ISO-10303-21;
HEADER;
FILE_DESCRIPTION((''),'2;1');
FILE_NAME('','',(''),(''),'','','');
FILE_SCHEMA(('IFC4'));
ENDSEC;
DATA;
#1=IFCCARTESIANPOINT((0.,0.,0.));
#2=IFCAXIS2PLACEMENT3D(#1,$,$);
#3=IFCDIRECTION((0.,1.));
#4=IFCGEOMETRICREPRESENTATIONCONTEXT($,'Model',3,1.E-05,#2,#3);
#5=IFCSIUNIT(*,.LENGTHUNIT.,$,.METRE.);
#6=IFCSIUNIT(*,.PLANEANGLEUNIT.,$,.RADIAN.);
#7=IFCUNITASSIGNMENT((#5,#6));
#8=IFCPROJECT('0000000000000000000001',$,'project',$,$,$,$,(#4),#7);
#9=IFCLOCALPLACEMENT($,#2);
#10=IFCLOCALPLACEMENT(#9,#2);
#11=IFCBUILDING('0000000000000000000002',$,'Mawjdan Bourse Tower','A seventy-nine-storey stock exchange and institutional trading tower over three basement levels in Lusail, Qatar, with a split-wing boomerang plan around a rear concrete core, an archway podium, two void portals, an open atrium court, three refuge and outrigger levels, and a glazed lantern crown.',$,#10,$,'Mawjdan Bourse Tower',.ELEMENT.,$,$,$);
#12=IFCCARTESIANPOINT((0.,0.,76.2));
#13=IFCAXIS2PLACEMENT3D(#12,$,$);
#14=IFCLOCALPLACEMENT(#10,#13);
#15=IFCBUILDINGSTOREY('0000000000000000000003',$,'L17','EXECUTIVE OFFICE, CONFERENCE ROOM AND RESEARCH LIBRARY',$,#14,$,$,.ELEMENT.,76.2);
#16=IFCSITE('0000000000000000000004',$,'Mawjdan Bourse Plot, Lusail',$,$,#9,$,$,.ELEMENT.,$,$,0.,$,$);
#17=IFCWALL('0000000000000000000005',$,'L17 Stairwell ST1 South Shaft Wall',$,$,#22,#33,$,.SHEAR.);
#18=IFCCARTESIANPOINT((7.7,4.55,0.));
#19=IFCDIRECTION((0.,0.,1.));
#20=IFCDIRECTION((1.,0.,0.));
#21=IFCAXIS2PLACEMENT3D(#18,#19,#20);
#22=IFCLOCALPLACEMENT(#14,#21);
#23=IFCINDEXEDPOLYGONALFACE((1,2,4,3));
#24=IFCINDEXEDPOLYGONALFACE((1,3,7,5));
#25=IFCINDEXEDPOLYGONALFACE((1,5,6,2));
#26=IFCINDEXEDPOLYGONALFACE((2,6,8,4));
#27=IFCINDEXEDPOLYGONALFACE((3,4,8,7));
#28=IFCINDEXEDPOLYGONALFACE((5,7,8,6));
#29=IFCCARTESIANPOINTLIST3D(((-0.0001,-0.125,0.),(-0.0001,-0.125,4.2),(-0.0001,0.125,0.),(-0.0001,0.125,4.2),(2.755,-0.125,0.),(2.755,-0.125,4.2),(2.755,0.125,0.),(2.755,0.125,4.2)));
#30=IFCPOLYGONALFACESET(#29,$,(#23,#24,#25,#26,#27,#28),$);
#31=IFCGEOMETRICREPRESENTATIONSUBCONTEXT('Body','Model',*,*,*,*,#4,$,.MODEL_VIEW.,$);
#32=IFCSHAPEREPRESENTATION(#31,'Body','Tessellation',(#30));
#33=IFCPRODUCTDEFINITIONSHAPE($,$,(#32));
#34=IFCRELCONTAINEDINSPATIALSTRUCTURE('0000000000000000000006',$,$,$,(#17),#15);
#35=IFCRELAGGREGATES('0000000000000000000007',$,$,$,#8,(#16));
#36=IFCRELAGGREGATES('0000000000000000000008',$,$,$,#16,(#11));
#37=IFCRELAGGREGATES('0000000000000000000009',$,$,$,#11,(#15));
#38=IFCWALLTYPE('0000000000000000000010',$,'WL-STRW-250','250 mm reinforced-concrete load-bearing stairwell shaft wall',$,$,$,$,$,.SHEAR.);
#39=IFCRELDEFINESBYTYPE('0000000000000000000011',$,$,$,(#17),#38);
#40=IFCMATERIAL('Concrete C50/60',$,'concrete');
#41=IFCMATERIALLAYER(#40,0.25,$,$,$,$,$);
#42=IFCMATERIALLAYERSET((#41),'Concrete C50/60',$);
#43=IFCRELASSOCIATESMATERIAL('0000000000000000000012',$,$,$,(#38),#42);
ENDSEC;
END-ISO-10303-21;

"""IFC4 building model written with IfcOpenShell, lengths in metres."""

from ifc_helpers import new_model, si_unit, direction, frame, frame_2d, origin, place, context, subcontext, project, spatial, rectangle, extrude, material, layer, layer_set, type_object, element, save


model = new_model("IFC4")

# Units and contexts
model_context = context("Model", 3, precision=1e-05, world=origin(), true_north=direction((0.0, 1.0)))
body_context = subcontext(model_context, "Body", "Model", "MODEL_VIEW")
ifc_project = project(units=[si_unit("LENGTHUNIT", "METRE"), si_unit("PLANEANGLEUNIT", "RADIAN")], contexts=[model_context])

# Site, building, storey
site_placement = place(None, origin())
site = spatial("IfcSite", under=ifc_project, at=site_placement, Name="Mawjdan Bourse Plot, Lusail", CompositionType="ELEMENT", RefElevation=0.0)
building_placement = place(site_placement, origin())
building = spatial("IfcBuilding", under=site, at=building_placement, Name="Mawjdan Bourse Tower", Description="A seventy-nine-storey stock exchange and institutional trading tower over three basement levels in Lusail, Qatar, with a split-wing boomerang plan around a rear concrete core, an archway podium, two void portals, an open atrium court, three refuge and outrigger levels, and a glazed lantern crown.", LongName="Mawjdan Bourse Tower", CompositionType="ELEMENT")
storey_placement = place(building_placement, frame((0.0, 0.0, 76.2)))
storey = spatial("IfcBuildingStorey", under=building, at=storey_placement, Name="L17", Description="EXECUTIVE OFFICE, CONFERENCE ROOM AND RESEARCH LIBRARY", CompositionType="ELEMENT", Elevation=76.2)

# Shared definitions
ifc_material_1 = material(Name="Concrete C50/60", Category="concrete")

# Wall
ifc_layer_1 = layer(ifc_material_1, 0.25)
ifc_layer_set_1 = layer_set([ifc_layer_1], Name="Concrete C50/60")
wall_type_1 = type_object("IfcWallType", Name="WL-STRW-250", Description="250 mm reinforced-concrete load-bearing stairwell shaft wall", PredefinedType="SHEAR", material=ifc_layer_set_1)
wall_1_placement = place(storey_placement, frame((7.7, 4.55, 0.0), z_axis=(0.0, 0.0, 1.0), x_axis=(1.0, 0.0, 0.0)))
element("IfcWall", 1, at=wall_1_placement, inside=storey, type_object=wall_type_1, Name="L17 Stairwell ST1 South Shaft Wall", PredefinedType="SHEAR", context=body_context, shape_type="SweptSolid", body=[
    extrude(rectangle(XDim=2.7551, YDim=0.25, at=frame_2d((1.3774, 0.0))), origin(), (0.0, 0.0, 1.0), 4.2),
])

save(model, "model.ifc")
